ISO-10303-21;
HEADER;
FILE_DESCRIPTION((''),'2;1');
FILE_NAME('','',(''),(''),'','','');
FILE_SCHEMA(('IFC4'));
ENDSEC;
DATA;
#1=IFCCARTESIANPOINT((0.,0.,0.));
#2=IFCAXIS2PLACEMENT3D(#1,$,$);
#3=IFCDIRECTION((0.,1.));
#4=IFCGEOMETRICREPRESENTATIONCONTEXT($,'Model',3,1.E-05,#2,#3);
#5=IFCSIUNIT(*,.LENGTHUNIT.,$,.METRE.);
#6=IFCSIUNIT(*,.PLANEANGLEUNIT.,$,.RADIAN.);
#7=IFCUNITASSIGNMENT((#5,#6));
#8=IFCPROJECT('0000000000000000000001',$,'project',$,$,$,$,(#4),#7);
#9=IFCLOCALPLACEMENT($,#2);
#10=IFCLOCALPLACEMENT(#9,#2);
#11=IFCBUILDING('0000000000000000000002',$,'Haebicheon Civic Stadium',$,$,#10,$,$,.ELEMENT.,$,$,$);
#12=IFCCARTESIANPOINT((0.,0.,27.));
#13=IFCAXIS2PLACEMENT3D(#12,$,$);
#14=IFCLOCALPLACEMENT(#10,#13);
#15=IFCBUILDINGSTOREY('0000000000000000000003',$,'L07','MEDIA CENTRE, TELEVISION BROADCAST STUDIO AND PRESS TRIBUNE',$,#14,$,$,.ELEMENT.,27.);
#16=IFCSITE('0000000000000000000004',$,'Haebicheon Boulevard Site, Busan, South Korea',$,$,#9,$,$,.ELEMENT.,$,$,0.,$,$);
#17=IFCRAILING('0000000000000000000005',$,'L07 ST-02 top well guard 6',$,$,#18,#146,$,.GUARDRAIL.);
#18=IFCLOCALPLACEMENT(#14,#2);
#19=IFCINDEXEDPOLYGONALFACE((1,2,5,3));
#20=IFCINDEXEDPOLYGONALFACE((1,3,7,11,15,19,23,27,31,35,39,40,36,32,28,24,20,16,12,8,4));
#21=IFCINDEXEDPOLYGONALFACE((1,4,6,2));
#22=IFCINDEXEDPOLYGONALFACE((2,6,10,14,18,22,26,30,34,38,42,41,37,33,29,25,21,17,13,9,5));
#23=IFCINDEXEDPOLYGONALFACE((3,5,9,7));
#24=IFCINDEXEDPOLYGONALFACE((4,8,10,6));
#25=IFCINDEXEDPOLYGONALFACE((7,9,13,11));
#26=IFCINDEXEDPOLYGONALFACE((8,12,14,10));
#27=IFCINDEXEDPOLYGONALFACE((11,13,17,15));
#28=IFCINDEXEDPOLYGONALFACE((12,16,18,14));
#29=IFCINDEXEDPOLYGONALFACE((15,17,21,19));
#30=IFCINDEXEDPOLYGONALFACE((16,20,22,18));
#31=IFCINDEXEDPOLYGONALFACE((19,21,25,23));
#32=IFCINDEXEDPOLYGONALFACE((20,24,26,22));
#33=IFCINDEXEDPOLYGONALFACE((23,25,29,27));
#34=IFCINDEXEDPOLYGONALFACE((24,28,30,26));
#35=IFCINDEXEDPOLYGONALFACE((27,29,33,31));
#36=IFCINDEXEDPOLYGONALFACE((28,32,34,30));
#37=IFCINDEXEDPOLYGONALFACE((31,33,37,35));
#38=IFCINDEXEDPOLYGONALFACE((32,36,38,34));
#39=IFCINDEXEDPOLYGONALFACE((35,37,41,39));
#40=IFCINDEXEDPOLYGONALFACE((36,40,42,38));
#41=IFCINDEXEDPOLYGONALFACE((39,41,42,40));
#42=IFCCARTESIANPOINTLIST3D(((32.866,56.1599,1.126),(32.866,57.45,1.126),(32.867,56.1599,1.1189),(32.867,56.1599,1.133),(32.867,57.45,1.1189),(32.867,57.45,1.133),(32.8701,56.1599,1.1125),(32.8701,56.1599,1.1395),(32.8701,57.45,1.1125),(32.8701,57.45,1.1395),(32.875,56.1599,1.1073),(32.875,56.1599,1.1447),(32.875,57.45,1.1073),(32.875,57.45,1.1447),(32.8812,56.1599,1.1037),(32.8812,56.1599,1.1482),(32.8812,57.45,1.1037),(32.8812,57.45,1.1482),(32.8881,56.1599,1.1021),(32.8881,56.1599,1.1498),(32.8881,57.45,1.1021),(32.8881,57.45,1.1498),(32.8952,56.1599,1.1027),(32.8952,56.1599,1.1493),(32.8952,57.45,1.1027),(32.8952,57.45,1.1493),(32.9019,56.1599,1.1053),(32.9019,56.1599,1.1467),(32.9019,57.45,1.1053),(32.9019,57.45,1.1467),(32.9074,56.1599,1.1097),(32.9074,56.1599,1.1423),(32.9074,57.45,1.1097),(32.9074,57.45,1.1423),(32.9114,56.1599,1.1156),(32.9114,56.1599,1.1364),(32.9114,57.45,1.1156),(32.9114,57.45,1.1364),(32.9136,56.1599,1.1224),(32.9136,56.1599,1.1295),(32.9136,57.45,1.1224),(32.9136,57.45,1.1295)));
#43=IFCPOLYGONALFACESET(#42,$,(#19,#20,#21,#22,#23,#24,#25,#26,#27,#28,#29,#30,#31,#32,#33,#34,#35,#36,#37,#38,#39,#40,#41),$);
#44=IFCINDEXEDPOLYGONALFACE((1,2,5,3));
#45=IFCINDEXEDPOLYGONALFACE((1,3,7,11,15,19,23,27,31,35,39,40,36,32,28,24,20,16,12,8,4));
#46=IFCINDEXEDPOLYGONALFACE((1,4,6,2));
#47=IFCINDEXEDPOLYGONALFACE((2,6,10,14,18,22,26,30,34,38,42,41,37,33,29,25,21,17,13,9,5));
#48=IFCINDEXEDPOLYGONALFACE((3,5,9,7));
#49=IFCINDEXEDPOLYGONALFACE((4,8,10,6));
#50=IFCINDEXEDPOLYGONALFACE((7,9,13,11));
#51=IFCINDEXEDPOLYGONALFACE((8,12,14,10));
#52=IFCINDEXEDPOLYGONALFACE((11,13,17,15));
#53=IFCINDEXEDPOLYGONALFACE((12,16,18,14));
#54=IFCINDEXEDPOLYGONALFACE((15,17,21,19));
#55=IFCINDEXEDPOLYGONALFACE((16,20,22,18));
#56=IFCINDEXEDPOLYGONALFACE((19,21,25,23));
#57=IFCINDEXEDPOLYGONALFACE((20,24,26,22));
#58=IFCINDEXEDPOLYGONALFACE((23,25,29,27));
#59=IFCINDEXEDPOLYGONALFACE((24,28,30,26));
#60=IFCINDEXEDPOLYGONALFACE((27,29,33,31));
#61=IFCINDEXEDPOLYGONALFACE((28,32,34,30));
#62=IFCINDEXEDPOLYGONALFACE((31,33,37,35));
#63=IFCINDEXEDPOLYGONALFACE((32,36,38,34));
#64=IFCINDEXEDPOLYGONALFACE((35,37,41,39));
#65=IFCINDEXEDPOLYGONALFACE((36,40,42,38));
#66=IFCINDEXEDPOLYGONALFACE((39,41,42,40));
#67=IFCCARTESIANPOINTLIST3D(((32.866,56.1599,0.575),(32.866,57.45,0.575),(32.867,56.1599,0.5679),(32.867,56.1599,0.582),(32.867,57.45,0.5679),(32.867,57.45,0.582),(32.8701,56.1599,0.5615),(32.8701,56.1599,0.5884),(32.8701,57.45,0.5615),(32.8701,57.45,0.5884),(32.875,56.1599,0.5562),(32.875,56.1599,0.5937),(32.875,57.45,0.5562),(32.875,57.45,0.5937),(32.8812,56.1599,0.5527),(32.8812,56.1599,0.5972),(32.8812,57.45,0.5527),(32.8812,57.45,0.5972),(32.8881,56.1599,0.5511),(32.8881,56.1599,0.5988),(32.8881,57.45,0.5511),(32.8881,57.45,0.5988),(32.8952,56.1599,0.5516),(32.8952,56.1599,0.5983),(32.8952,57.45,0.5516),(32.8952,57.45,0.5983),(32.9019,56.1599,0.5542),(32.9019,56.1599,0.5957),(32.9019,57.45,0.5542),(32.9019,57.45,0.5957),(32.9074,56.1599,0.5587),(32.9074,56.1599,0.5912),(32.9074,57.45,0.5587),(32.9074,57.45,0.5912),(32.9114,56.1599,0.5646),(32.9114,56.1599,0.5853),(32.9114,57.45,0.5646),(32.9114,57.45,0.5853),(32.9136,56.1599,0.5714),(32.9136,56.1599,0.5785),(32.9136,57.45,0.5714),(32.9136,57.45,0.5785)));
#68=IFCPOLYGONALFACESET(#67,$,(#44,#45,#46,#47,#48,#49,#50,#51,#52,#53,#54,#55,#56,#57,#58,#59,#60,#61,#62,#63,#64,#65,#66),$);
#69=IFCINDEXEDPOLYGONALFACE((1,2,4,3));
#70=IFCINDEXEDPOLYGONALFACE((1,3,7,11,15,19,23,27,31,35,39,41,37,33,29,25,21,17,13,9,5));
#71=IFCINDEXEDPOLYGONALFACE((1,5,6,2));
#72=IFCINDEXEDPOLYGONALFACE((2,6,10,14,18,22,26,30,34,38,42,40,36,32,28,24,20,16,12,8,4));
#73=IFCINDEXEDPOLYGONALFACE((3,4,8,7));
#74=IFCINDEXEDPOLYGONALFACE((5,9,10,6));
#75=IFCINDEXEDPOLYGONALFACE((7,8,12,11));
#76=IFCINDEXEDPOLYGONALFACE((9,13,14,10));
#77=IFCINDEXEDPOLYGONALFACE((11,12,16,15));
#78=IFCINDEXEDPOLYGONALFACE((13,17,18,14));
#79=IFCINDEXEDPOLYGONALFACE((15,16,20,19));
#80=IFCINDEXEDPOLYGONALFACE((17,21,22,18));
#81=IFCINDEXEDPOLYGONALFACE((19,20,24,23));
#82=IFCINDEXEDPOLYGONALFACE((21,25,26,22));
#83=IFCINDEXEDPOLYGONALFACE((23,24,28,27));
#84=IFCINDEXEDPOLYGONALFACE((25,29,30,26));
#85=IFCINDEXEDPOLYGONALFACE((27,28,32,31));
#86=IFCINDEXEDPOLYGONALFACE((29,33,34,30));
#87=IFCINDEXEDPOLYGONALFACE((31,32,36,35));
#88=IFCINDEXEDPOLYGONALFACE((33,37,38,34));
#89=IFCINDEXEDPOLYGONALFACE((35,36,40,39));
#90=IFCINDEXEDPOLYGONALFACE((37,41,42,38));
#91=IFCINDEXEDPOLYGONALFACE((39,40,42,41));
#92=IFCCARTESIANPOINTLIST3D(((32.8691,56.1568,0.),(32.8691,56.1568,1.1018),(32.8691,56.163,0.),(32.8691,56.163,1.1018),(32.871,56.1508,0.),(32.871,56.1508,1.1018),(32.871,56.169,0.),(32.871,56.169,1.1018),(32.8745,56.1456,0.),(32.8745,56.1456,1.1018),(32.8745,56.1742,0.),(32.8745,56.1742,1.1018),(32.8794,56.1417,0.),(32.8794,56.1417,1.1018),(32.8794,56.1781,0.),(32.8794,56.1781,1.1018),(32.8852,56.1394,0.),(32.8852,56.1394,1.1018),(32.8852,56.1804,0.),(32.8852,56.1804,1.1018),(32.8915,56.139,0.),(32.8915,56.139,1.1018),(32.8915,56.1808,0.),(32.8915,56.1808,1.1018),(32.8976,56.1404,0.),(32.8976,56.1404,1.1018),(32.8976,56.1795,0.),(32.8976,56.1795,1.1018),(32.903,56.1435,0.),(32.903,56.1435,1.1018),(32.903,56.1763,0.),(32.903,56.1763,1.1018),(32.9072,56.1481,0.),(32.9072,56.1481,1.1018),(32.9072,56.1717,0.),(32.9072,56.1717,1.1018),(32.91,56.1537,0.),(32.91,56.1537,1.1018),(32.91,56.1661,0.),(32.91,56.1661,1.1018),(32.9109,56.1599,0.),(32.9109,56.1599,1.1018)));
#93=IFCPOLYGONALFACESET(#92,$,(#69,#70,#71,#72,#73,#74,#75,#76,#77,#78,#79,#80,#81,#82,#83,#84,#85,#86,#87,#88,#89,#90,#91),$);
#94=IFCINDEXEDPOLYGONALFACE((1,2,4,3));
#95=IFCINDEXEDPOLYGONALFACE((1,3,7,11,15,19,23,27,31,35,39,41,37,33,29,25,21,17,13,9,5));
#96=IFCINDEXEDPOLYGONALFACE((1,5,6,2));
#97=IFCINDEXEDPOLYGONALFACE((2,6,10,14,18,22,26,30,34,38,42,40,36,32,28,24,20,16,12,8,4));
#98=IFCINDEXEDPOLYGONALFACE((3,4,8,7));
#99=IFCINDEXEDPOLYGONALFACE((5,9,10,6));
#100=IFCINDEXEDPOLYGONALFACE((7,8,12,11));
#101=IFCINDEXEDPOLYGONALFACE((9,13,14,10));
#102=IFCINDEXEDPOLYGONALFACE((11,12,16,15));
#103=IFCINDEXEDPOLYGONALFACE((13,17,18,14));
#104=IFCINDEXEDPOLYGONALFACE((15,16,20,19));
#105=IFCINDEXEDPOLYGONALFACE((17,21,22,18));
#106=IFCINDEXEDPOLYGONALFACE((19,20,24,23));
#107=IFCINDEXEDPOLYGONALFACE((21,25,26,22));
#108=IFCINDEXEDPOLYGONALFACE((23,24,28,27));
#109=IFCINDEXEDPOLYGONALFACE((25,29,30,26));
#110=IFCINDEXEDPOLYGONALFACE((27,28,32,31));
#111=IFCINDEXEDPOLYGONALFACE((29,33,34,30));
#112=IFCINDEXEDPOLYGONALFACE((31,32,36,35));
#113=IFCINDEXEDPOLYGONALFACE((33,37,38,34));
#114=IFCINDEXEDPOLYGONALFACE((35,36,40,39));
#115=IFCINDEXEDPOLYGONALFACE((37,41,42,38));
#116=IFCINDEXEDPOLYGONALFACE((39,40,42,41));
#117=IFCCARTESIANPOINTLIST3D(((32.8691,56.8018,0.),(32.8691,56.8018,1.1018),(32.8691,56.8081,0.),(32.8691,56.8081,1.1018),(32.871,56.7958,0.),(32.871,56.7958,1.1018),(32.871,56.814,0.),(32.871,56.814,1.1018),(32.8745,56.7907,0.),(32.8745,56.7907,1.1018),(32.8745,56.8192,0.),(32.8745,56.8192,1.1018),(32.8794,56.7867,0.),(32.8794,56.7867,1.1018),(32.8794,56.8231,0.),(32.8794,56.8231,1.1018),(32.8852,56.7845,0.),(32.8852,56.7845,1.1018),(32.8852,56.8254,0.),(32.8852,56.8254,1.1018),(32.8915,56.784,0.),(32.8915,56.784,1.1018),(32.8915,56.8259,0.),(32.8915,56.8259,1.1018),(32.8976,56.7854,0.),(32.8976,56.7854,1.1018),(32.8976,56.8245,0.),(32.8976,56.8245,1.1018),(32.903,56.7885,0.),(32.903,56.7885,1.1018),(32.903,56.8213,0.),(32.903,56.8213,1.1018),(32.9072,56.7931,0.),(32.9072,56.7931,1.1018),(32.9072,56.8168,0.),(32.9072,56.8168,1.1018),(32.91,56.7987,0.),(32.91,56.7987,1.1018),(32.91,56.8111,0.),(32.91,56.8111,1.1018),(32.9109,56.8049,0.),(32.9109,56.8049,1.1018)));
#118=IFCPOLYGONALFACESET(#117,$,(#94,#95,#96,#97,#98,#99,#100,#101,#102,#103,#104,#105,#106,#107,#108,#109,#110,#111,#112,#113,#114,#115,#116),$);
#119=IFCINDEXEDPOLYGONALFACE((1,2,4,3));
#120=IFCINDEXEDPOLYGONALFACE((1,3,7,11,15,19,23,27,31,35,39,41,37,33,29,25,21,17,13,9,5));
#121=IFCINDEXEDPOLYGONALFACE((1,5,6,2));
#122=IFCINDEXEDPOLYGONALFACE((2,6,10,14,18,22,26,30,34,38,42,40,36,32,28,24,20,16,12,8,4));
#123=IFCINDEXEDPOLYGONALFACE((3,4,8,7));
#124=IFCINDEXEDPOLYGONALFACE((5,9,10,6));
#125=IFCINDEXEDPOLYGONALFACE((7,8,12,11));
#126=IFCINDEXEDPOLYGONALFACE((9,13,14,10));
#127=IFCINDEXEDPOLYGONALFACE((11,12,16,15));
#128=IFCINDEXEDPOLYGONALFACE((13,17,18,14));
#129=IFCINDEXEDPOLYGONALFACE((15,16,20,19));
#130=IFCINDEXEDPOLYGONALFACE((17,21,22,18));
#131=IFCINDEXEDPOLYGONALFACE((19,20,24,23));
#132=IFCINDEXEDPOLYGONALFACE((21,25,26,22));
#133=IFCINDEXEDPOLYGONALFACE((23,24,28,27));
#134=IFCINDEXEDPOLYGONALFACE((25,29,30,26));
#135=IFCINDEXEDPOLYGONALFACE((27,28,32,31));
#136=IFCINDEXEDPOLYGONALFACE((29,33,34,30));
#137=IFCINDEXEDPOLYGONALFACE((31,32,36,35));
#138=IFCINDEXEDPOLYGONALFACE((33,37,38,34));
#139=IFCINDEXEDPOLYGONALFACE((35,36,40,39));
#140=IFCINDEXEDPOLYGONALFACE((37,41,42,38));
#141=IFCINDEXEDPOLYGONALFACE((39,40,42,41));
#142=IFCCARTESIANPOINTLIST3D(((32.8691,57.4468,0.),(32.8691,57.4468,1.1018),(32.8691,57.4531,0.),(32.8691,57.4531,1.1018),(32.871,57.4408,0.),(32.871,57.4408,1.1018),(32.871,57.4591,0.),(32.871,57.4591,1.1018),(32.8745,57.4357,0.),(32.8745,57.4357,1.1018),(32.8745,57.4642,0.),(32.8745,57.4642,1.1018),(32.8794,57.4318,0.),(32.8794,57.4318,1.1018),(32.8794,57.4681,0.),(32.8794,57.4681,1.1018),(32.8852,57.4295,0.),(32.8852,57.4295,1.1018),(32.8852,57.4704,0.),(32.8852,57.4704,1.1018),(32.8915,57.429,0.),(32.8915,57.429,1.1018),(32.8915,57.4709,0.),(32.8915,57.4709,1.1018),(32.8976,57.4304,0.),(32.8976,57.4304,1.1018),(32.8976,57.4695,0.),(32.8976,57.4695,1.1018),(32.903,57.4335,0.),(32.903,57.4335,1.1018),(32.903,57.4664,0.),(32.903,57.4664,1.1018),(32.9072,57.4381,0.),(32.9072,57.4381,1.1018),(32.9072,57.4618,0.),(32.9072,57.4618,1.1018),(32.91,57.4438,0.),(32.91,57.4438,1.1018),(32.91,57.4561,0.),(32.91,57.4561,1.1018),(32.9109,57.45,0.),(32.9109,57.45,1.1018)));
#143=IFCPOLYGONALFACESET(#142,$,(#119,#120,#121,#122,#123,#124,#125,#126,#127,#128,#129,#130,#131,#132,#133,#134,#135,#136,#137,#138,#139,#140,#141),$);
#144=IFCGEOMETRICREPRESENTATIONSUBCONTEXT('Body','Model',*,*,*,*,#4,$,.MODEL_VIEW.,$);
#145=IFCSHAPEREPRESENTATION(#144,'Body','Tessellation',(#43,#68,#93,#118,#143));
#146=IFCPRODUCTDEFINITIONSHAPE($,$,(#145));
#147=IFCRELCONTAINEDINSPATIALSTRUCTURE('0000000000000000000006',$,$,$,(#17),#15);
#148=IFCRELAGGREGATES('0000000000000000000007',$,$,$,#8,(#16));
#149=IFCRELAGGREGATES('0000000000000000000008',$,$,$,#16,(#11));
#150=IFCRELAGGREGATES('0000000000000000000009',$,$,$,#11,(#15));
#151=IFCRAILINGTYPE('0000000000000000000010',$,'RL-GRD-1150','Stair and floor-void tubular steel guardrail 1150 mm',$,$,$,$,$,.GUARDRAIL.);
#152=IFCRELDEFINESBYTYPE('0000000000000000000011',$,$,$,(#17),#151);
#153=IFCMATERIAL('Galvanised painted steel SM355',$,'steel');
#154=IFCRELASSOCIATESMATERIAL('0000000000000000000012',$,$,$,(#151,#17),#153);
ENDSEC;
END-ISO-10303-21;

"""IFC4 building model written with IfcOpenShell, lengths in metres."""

from ifc_helpers import new_model, si_unit, direction, frame, origin, origin_2d, place, context, subcontext, project, spatial, circle, extrude, material, type_object, element, save


model = new_model("IFC4")

# Units and contexts
model_context = context("Model", 3, precision=1e-05, world=origin(), true_north=direction((0.0, 1.0)))
body_context = subcontext(model_context, "Body", "Model", "MODEL_VIEW")
ifc_project = project(units=[si_unit("LENGTHUNIT", "METRE"), si_unit("PLANEANGLEUNIT", "RADIAN")], contexts=[model_context])

# Site, building, storey
site_placement = place(None, origin())
site = spatial("IfcSite", under=ifc_project, at=site_placement, Name="Haebicheon Boulevard Site, Busan, South Korea", CompositionType="ELEMENT", RefElevation=0.0)
building_placement = place(site_placement, origin())
building = spatial("IfcBuilding", under=site, at=building_placement, Name="Haebicheon Civic Stadium", CompositionType="ELEMENT")
storey_placement = place(building_placement, frame((0.0, 0.0, 27.0)))
storey = spatial("IfcBuildingStorey", under=building, at=storey_placement, Name="L07", Description="MEDIA CENTRE, TELEVISION BROADCAST STUDIO AND PRESS TRIBUNE", CompositionType="ELEMENT", Elevation=27.0)

# Railing
ifc_material_1 = material(Name="Galvanised painted steel SM355", Category="steel")
railing_type = type_object("IfcRailingType", Name="RL-GRD-1150", Description="Stair and floor-void tubular steel guardrail 1150 mm", PredefinedType="GUARDRAIL", material=ifc_material_1)
railing_placement = place(storey_placement, frame((32.8899, 56.1599, 0.0)))
element("IfcRailing", 1, at=railing_placement, inside=storey, type_object=railing_type, material=ifc_material_1, Name="L07 ST-02 top well guard 6", PredefinedType="GUARDRAIL", context=body_context, shape_type="SweptSolid", body=[
    extrude(circle(Radius=0.0239, at=origin_2d()), frame((0.0, 0.0, 1.126), z_axis=(0.0, 1.0, 0.0), x_axis=(-1.0, 0.0, 0.0)), (0.0, 0.0, 1.0), 1.29),
    extrude(circle(Radius=0.0239, at=origin_2d()), frame((0.0, 0.0, 0.575), z_axis=(0.0, 1.0, 0.0), x_axis=(-1.0, 0.0, 0.0)), (0.0, 0.0, 1.0), 1.29),
    extrude(circle(Radius=0.021, at=origin_2d()), origin(), (0.0, 0.0, 1.0), 1.1018),
    extrude(circle(Radius=0.021, at=origin_2d()), frame((0.0, 0.645, 0.0)), (0.0, 0.0, 1.0), 1.1018),
    extrude(circle(Radius=0.021, at=origin_2d()), frame((0.0, 1.29, 0.0)), (0.0, 0.0, 1.0), 1.1018),
])

save(model, "model.ifc")
